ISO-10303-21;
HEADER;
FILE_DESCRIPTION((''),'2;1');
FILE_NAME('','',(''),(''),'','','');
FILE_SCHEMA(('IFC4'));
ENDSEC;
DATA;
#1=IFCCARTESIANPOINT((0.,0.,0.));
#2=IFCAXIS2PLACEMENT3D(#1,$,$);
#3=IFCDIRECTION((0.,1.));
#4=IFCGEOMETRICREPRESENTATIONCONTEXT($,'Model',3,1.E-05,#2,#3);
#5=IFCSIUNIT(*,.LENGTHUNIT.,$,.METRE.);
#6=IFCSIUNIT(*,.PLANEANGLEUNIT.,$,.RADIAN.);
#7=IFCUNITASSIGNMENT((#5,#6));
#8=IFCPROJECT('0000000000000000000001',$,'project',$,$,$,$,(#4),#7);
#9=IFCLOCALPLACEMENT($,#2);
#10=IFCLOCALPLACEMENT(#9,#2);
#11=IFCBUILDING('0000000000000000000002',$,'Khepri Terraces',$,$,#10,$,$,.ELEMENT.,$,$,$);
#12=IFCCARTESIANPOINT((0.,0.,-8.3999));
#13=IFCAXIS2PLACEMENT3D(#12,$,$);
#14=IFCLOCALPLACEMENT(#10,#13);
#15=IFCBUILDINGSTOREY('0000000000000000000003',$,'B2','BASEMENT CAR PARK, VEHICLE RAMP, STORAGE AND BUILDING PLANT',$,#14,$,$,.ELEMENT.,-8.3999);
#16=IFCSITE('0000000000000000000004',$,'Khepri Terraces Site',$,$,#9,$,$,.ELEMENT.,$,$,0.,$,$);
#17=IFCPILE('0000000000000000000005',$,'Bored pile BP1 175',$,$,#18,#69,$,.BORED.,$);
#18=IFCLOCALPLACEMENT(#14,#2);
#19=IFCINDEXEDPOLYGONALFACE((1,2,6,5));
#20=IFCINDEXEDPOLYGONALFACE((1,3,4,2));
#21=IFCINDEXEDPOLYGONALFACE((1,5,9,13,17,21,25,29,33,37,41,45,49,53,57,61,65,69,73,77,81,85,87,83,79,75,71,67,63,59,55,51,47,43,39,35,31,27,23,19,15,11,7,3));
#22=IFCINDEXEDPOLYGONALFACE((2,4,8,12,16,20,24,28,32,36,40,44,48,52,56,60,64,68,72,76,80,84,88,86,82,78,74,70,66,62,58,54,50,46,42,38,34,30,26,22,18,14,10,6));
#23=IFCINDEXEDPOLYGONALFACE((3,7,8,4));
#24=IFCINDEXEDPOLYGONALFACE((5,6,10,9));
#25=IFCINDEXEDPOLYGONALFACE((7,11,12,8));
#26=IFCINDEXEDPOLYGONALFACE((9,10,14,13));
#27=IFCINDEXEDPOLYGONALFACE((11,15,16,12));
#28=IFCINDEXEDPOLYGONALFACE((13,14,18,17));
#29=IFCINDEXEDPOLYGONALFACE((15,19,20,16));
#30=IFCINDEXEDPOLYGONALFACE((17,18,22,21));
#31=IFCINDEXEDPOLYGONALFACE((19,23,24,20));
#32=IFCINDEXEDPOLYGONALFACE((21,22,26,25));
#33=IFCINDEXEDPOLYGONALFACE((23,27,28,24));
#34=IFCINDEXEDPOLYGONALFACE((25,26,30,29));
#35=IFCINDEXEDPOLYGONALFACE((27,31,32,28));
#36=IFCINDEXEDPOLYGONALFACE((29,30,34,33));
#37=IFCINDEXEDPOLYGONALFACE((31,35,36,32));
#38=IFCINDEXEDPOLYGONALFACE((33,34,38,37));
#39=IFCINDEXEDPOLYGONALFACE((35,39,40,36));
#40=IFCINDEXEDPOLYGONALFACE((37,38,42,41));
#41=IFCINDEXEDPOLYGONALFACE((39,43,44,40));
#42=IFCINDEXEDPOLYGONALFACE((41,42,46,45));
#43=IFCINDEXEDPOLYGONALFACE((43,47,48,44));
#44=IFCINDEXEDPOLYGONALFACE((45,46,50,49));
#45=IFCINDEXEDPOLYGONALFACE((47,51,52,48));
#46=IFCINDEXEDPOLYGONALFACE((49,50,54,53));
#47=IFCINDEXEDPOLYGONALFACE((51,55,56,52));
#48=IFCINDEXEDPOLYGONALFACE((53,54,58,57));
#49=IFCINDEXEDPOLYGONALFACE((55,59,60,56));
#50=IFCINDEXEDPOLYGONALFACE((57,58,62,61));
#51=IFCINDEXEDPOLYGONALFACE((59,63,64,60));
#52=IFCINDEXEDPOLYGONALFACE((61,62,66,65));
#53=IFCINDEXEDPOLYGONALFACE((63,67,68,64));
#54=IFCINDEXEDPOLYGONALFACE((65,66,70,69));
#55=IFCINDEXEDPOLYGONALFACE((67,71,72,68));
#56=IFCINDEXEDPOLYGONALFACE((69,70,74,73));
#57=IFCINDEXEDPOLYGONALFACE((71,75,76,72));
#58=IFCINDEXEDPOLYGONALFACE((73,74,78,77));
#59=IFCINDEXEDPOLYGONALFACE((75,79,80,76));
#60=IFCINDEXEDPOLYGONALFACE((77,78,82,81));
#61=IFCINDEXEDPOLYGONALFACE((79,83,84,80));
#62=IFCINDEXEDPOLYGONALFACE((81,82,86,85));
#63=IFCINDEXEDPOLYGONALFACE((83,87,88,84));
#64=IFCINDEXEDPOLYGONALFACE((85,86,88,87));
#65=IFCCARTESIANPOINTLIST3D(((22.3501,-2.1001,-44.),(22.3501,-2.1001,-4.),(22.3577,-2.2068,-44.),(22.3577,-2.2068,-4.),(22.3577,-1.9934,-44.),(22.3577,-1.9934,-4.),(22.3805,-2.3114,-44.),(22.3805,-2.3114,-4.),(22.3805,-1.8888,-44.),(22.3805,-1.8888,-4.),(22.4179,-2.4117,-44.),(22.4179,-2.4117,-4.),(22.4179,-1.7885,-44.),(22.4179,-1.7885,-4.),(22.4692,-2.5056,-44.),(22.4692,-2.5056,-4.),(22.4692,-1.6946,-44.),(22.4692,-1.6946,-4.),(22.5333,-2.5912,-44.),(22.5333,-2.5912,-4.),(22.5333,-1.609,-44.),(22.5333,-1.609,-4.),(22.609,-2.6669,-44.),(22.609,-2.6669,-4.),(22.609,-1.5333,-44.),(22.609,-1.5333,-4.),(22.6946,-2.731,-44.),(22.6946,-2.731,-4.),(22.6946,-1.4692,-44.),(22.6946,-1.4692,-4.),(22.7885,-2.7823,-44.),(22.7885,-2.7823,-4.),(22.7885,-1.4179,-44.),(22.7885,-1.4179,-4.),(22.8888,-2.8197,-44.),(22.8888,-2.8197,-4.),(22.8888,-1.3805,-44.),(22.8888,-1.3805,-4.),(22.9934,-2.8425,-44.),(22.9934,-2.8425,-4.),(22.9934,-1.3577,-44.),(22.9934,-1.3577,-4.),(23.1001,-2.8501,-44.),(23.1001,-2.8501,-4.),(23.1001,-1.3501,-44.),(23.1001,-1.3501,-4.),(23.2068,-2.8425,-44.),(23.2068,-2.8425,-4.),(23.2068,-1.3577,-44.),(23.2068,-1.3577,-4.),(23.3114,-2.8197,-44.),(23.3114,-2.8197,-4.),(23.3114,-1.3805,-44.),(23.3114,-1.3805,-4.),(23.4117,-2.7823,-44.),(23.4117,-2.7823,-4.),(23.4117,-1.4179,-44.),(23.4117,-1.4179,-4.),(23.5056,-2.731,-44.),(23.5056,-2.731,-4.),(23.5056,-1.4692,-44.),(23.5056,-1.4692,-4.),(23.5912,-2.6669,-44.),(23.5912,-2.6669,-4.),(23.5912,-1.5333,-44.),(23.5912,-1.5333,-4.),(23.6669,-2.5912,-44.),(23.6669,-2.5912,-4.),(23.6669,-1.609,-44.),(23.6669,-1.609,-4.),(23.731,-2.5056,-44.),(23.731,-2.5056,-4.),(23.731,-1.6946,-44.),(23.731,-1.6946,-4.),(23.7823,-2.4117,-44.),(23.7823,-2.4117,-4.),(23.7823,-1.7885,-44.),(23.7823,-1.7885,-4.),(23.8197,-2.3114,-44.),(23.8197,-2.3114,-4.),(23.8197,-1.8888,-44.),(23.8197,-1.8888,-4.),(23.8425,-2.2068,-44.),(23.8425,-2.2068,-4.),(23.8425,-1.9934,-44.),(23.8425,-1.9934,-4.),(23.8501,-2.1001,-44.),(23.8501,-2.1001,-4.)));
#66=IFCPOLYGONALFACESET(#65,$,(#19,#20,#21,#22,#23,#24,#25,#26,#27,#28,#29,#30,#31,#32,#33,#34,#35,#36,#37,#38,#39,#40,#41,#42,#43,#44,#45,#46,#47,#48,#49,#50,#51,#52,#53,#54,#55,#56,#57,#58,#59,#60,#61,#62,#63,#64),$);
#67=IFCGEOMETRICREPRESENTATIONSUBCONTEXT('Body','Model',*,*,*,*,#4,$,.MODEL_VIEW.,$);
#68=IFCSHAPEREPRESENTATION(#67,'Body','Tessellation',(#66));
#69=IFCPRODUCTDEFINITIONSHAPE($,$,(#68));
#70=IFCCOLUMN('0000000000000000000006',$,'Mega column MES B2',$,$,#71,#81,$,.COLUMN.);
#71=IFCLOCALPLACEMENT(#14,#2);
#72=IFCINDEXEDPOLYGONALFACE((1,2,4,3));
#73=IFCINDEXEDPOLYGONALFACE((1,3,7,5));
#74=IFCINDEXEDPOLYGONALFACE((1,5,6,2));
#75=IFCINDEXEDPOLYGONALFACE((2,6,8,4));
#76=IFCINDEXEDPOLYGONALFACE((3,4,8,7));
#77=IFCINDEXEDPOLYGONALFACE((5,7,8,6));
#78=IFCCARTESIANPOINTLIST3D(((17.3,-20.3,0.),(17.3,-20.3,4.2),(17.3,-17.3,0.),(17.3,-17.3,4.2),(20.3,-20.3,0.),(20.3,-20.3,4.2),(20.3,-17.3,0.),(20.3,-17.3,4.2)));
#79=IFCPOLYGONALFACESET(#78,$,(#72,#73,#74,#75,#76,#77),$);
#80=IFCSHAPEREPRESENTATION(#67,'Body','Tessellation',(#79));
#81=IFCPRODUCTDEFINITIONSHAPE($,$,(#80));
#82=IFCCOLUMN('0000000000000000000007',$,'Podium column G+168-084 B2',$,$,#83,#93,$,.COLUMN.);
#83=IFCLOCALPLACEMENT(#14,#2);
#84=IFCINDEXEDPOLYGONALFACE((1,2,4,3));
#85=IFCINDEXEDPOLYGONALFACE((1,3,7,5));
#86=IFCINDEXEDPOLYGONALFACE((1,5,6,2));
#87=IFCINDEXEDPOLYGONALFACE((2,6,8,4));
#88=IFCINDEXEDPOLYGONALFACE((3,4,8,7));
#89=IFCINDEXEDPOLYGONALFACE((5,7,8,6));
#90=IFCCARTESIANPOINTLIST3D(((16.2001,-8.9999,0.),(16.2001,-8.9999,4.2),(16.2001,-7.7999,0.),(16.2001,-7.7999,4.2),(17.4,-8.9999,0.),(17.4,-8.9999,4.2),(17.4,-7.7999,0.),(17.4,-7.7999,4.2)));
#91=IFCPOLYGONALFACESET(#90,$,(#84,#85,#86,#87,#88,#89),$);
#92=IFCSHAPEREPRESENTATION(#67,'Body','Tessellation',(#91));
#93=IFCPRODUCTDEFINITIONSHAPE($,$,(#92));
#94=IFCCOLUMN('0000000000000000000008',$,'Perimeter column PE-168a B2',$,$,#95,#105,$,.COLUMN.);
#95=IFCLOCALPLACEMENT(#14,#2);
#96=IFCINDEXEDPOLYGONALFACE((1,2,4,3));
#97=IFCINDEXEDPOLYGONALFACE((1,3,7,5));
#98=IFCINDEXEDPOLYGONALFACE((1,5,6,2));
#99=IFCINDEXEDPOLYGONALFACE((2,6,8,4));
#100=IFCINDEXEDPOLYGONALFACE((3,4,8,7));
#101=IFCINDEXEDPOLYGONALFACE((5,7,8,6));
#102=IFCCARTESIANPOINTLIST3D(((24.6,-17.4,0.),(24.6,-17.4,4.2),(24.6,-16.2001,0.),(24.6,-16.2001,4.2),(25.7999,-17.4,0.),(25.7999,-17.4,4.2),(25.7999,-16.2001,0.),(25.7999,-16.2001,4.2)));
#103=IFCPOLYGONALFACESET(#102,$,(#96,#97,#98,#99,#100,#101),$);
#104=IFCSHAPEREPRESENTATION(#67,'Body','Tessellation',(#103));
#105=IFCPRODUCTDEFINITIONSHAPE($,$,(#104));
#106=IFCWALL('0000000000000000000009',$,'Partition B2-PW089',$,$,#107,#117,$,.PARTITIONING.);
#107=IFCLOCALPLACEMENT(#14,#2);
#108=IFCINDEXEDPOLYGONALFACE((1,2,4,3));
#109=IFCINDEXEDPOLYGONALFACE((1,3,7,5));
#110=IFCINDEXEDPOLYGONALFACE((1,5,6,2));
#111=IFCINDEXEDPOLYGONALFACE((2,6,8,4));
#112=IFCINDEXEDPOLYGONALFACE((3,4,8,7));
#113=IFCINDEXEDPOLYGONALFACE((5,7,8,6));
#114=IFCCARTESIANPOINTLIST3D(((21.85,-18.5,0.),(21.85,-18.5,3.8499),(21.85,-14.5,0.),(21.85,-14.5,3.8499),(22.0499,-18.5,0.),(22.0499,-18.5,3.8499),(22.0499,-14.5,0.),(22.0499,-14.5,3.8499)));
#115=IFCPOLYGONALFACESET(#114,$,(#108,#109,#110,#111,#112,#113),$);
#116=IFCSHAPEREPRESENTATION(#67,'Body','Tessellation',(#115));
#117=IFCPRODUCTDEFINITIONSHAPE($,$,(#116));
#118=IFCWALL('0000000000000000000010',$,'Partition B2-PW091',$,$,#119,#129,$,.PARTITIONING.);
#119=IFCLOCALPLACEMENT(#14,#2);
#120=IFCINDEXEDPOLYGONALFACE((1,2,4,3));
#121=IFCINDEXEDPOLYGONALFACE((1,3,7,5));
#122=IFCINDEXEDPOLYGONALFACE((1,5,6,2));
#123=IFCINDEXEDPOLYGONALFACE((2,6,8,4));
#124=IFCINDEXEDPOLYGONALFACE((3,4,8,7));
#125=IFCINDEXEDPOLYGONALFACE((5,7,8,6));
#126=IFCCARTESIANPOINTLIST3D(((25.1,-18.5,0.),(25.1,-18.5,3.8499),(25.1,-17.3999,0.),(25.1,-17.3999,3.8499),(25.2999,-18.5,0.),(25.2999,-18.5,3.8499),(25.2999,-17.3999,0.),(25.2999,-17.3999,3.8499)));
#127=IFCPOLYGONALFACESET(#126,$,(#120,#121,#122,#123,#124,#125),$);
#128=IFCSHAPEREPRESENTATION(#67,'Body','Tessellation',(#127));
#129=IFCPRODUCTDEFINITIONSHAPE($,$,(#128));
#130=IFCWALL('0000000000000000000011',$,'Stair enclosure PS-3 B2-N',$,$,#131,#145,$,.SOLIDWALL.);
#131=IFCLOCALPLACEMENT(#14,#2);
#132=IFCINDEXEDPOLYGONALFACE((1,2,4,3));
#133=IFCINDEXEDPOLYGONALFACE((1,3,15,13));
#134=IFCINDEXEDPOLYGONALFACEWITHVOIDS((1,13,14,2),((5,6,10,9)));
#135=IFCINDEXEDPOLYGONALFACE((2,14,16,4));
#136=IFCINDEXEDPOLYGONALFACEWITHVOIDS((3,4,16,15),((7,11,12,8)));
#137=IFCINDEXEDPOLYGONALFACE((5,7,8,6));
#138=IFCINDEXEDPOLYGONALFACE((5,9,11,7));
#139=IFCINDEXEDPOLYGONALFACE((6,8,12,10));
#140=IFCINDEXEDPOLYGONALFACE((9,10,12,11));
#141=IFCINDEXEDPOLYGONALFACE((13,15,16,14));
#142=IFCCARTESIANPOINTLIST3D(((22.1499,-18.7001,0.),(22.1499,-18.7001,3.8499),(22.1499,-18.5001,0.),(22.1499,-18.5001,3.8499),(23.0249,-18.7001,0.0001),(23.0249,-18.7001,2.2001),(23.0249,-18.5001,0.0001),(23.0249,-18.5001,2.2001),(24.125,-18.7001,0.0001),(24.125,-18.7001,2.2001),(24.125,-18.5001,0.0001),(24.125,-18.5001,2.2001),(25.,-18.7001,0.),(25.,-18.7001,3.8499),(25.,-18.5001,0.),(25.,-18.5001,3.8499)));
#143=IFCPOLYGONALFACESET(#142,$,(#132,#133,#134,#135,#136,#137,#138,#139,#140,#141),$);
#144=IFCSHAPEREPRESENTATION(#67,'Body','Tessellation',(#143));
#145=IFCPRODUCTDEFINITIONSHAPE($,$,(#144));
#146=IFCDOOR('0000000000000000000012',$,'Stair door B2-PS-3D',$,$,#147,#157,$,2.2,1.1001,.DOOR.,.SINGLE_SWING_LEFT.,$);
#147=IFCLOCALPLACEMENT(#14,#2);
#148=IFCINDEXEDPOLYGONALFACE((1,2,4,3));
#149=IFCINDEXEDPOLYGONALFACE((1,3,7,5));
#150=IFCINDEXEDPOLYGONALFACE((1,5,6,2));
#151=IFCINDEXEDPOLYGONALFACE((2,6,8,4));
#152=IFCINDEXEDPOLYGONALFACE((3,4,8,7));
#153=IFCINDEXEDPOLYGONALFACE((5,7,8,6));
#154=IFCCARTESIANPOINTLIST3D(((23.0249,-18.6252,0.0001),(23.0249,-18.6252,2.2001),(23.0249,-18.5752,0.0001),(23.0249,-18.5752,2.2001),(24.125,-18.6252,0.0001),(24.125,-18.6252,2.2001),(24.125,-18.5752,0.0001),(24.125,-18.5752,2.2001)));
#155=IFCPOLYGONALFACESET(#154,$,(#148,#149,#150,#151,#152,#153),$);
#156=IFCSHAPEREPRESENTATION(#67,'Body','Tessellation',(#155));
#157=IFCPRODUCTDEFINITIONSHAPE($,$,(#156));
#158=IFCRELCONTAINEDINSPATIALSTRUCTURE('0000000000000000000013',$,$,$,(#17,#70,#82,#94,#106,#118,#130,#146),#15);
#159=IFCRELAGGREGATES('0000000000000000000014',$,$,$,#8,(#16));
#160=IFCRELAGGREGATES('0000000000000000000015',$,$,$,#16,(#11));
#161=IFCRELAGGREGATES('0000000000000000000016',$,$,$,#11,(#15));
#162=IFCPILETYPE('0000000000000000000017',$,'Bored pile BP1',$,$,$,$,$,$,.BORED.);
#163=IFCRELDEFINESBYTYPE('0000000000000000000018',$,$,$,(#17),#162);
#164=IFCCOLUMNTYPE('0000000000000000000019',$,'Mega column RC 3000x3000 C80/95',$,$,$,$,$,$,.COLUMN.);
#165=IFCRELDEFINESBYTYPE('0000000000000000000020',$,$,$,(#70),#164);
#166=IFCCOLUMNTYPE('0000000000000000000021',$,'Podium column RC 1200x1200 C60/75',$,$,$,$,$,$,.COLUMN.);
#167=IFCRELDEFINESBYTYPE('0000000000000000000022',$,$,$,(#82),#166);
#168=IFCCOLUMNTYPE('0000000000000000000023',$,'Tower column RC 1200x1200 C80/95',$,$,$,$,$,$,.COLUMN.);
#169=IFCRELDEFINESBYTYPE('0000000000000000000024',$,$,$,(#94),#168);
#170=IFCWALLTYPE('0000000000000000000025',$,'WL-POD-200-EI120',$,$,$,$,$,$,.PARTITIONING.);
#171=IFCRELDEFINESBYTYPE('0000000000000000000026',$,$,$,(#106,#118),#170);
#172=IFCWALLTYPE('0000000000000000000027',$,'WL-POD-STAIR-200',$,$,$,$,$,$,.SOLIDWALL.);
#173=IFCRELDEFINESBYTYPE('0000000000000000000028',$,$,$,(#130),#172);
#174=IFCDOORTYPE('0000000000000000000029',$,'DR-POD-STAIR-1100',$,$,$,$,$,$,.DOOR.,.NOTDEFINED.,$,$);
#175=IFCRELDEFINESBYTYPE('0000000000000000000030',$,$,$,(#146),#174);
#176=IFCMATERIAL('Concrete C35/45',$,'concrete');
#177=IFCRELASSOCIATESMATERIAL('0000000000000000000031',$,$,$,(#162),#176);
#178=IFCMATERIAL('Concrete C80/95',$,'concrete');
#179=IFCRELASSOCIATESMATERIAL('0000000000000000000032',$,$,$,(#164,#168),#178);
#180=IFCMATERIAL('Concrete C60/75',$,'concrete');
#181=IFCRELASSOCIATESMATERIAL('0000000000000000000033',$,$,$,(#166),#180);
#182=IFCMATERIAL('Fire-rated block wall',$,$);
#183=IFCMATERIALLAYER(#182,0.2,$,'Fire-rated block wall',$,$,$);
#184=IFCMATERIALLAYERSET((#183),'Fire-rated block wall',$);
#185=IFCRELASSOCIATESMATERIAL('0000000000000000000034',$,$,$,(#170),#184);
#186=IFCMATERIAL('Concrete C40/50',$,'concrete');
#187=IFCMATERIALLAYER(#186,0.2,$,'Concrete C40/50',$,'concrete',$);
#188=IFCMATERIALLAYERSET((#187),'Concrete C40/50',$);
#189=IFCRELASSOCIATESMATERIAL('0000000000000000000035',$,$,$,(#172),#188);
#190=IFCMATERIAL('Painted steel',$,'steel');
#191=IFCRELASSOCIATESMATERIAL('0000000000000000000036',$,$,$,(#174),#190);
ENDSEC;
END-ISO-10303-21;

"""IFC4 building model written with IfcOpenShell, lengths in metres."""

from ifc_helpers import new_model, si_unit, direction, frame, frame_2d, origin, origin_2d, place, context, subcontext, project, spatial, rectangle, circle, extrude, material, layer, layer_set, material_profile, profile_set, type_object, element, fill, save


model = new_model("IFC4")

# Units and contexts
model_context = context("Model", 3, precision=1e-05, world=origin(), true_north=direction((0.0, 1.0)))
body_context = subcontext(model_context, "Body", "Model", "MODEL_VIEW")
ifc_project = project(units=[si_unit("LENGTHUNIT", "METRE"), si_unit("PLANEANGLEUNIT", "RADIAN")], contexts=[model_context])

# Site, building, storey
site_placement = place(None, origin())
site = spatial("IfcSite", under=ifc_project, at=site_placement, Name="Khepri Terraces Site", CompositionType="ELEMENT", RefElevation=0.0)
building_placement = place(site_placement, origin())
building = spatial("IfcBuilding", under=site, at=building_placement, Name="Khepri Terraces", CompositionType="ELEMENT")
storey_placement = place(building_placement, frame((0.0, 0.0, -8.3999)))
storey = spatial("IfcBuildingStorey", under=building, at=storey_placement, Name="B2", Description="BASEMENT CAR PARK, VEHICLE RAMP, STORAGE AND BUILDING PLANT", CompositionType="ELEMENT", Elevation=-8.3999)

# Pile
ifc_material_1 = material(Name="Concrete C35/45", Category="concrete")
ifc_material_profile_1 = material_profile(ifc_material_1, circle(Radius=0.75, at=origin_2d()), Name="Concrete C35/45", Category="concrete")
ifc_profile_set_1 = profile_set([ifc_material_profile_1], Name="Concrete C35/45")
pile_type = type_object("IfcPileType", Name="Bored pile BP1", PredefinedType="BORED", material=ifc_profile_set_1)
for number, where, z_axis, x_axis, name in (
    (1, (23.1001, -2.1001, -4.0), (0.0, 0.0, -1.0), (1.0, 0.0, 0.0), "Bored pile BP1 175"),
):
    element("IfcPile", number, at=place(storey_placement, frame(where, z_axis=z_axis, x_axis=x_axis)), inside=storey, type_object=pile_type, Name=name, PredefinedType="BORED", context=body_context, shape_type="SweptSolid", body=[
        extrude(circle(Radius=0.75, at=origin_2d()), origin(), (0.0, 0.0, 1.0), 40.0),
    ])

# Columns
ifc_material_2 = material(Name="Concrete C80/95", Category="concrete")
ifc_material_profile_2 = material_profile(ifc_material_2, rectangle(XDim=3.0, YDim=3.0, at=origin_2d()), Name="Concrete C80/95", Category="concrete")
ifc_profile_set_2 = profile_set([ifc_material_profile_2], Name="Concrete C80/95")
column_type_1 = type_object("IfcColumnType", Name="Mega column RC 3000x3000 C80/95", PredefinedType="COLUMN", material=ifc_profile_set_2)
column_1_placement = place(storey_placement, frame((18.8, -18.8, 0.0), z_axis=(0.0, 0.0, 1.0), x_axis=(1.0, 0.0, 0.0)))
element("IfcColumn", 2, at=column_1_placement, inside=storey, type_object=column_type_1, Name="Mega column MES B2", PredefinedType="COLUMN", context=body_context, shape_type="SweptSolid", body=[
    extrude(rectangle(XDim=3.0, YDim=3.0, at=origin_2d()), origin(), (0.0, 0.0, 1.0), 4.2),
])
ifc_material_3 = material(Name="Concrete C60/75", Category="concrete")
ifc_material_profile_3 = material_profile(ifc_material_3, rectangle(XDim=1.2, YDim=1.2, at=origin_2d()), Name="Concrete C60/75", Category="concrete")
ifc_profile_set_3 = profile_set([ifc_material_profile_3], Name="Concrete C60/75")
column_type_2 = type_object("IfcColumnType", Name="Podium column RC 1200x1200 C60/75", PredefinedType="COLUMN", material=ifc_profile_set_3)
column_2_placement = place(storey_placement, frame((16.8, -8.3999, 0.0), z_axis=(0.0, 0.0, 1.0), x_axis=(1.0, 0.0, 0.0)))
element("IfcColumn", 3, at=column_2_placement, inside=storey, type_object=column_type_2, Name="Podium column G+168-084 B2", PredefinedType="COLUMN", context=body_context, shape_type="SweptSolid", body=[
    extrude(rectangle(XDim=1.2, YDim=1.2, at=origin_2d()), origin(), (0.0, 0.0, 1.0), 4.2),
])
ifc_material_profile_4 = material_profile(ifc_material_2, rectangle(XDim=1.2, YDim=1.2, at=origin_2d()), Name="Concrete C80/95", Category="concrete")
ifc_profile_set_4 = profile_set([ifc_material_profile_4], Name="Concrete C80/95")
column_type_3 = type_object("IfcColumnType", Name="Tower column RC 1200x1200 C80/95", PredefinedType="COLUMN", material=ifc_profile_set_4)
column_3_placement = place(storey_placement, frame((25.2, -16.8, 0.0), z_axis=(0.0, 0.0, 1.0), x_axis=(1.0, 0.0, 0.0)))
element("IfcColumn", 4, at=column_3_placement, inside=storey, type_object=column_type_3, Name="Perimeter column PE-168a B2", PredefinedType="COLUMN", context=body_context, shape_type="SweptSolid", body=[
    extrude(rectangle(XDim=1.2, YDim=1.2, at=origin_2d()), origin(), (0.0, 0.0, 1.0), 4.2),
])

# Walls
ifc_material_4 = material(Name="Fire-rated block wall")
ifc_layer_1 = layer(ifc_material_4, 0.2, Name="Fire-rated block wall")
ifc_layer_set_1 = layer_set([ifc_layer_1], Name="Fire-rated block wall")
wall_type_1 = type_object("IfcWallType", Name="WL-POD-200-EI120", PredefinedType="PARTITIONING", material=ifc_layer_set_1)
wall_1_placement = place(storey_placement, frame((21.95, -18.5, 0.0), z_axis=(0.0, 0.0, 1.0), x_axis=(0.0, 1.0, 0.0)))
element("IfcWall", 5, at=wall_1_placement, inside=storey, type_object=wall_type_1, Name="Partition B2-PW089", PredefinedType="PARTITIONING", context=body_context, shape_type="SweptSolid", body=[
    extrude(rectangle(XDim=4.0, YDim=0.2, at=frame_2d((2.0, 0.0))), origin(), (0.0, 0.0, 1.0), 3.8499),
])
wall_2_placement = place(storey_placement, frame((25.2, -18.5, 0.0), z_axis=(0.0, 0.0, 1.0), x_axis=(0.0, 1.0, 0.0)))
element("IfcWall", 6, at=wall_2_placement, inside=storey, type_object=wall_type_1, Name="Partition B2-PW091", PredefinedType="PARTITIONING", context=body_context, shape_type="SweptSolid", body=[
    extrude(rectangle(XDim=1.1001, YDim=0.2, at=frame_2d((0.55, 0.0))), origin(), (0.0, 0.0, 1.0), 3.8499),
])

# Wall, opening, door
ifc_material_5 = material(Name="Concrete C40/50", Category="concrete")
ifc_layer_2 = layer(ifc_material_5, 0.2, Name="Concrete C40/50", Category="concrete")
ifc_layer_set_2 = layer_set([ifc_layer_2], Name="Concrete C40/50")
wall_type_2 = type_object("IfcWallType", Name="WL-POD-STAIR-200", PredefinedType="SOLIDWALL", material=ifc_layer_set_2)
wall_3_placement = place(storey_placement, frame((22.1499, -18.6001, 0.0), z_axis=(0.0, 0.0, 1.0), x_axis=(1.0, 0.0, 0.0)))
wall_3 = element("IfcWall", 7, at=wall_3_placement, inside=storey, type_object=wall_type_2, Name="Stair enclosure PS-3 B2-N", PredefinedType="SOLIDWALL", context=body_context, shape_type="SweptSolid", body=[
    extrude(rectangle(XDim=2.8501, YDim=0.2, at=frame_2d((1.425, 0.0))), origin(), (0.0, 0.0, 1.0), 3.8499),
])
opening_placement = place(wall_3_placement, frame((0.875, 0.0, 0.0)))
opening = element("IfcOpeningElement", 8, at=opening_placement, cuts=wall_3, PredefinedType="OPENING", context=body_context, shape_type="SweptSolid", body=[
    extrude(rectangle(XDim=1.1001, YDim=2.2, at=frame_2d((0.55, 1.1001))), frame((0.0, 0.1099, 0.0), z_axis=(0.0, -1.0, 0.0), x_axis=(1.0, 0.0, 0.0)), (0.0, 0.0, 1.0), 0.22),
])
ifc_material_6 = material(Name="Painted steel", Category="steel")
door_type = type_object("IfcDoorType", Name="DR-POD-STAIR-1100", OperationType="NOTDEFINED", PredefinedType="DOOR", material=ifc_material_6)
door_placement = place(opening_placement, origin())
door = element("IfcDoor", 9, at=door_placement, inside=storey, type_object=door_type, Name="Stair door B2-PS-3D", OperationType="SINGLE_SWING_LEFT", OverallHeight=2.2, OverallWidth=1.1001, PredefinedType="DOOR", context=body_context, shape_type="SweptSolid", body=[
    extrude(rectangle(XDim=1.1001, YDim=2.2, at=frame_2d((0.55, 1.1001))), frame((0.0, 0.0249, 0.0), z_axis=(0.0, -1.0, 0.0), x_axis=(1.0, 0.0, 0.0)), (0.0, 0.0, 1.0), 0.05),
])
fill(opening, door)

save(model, "model.ifc")
